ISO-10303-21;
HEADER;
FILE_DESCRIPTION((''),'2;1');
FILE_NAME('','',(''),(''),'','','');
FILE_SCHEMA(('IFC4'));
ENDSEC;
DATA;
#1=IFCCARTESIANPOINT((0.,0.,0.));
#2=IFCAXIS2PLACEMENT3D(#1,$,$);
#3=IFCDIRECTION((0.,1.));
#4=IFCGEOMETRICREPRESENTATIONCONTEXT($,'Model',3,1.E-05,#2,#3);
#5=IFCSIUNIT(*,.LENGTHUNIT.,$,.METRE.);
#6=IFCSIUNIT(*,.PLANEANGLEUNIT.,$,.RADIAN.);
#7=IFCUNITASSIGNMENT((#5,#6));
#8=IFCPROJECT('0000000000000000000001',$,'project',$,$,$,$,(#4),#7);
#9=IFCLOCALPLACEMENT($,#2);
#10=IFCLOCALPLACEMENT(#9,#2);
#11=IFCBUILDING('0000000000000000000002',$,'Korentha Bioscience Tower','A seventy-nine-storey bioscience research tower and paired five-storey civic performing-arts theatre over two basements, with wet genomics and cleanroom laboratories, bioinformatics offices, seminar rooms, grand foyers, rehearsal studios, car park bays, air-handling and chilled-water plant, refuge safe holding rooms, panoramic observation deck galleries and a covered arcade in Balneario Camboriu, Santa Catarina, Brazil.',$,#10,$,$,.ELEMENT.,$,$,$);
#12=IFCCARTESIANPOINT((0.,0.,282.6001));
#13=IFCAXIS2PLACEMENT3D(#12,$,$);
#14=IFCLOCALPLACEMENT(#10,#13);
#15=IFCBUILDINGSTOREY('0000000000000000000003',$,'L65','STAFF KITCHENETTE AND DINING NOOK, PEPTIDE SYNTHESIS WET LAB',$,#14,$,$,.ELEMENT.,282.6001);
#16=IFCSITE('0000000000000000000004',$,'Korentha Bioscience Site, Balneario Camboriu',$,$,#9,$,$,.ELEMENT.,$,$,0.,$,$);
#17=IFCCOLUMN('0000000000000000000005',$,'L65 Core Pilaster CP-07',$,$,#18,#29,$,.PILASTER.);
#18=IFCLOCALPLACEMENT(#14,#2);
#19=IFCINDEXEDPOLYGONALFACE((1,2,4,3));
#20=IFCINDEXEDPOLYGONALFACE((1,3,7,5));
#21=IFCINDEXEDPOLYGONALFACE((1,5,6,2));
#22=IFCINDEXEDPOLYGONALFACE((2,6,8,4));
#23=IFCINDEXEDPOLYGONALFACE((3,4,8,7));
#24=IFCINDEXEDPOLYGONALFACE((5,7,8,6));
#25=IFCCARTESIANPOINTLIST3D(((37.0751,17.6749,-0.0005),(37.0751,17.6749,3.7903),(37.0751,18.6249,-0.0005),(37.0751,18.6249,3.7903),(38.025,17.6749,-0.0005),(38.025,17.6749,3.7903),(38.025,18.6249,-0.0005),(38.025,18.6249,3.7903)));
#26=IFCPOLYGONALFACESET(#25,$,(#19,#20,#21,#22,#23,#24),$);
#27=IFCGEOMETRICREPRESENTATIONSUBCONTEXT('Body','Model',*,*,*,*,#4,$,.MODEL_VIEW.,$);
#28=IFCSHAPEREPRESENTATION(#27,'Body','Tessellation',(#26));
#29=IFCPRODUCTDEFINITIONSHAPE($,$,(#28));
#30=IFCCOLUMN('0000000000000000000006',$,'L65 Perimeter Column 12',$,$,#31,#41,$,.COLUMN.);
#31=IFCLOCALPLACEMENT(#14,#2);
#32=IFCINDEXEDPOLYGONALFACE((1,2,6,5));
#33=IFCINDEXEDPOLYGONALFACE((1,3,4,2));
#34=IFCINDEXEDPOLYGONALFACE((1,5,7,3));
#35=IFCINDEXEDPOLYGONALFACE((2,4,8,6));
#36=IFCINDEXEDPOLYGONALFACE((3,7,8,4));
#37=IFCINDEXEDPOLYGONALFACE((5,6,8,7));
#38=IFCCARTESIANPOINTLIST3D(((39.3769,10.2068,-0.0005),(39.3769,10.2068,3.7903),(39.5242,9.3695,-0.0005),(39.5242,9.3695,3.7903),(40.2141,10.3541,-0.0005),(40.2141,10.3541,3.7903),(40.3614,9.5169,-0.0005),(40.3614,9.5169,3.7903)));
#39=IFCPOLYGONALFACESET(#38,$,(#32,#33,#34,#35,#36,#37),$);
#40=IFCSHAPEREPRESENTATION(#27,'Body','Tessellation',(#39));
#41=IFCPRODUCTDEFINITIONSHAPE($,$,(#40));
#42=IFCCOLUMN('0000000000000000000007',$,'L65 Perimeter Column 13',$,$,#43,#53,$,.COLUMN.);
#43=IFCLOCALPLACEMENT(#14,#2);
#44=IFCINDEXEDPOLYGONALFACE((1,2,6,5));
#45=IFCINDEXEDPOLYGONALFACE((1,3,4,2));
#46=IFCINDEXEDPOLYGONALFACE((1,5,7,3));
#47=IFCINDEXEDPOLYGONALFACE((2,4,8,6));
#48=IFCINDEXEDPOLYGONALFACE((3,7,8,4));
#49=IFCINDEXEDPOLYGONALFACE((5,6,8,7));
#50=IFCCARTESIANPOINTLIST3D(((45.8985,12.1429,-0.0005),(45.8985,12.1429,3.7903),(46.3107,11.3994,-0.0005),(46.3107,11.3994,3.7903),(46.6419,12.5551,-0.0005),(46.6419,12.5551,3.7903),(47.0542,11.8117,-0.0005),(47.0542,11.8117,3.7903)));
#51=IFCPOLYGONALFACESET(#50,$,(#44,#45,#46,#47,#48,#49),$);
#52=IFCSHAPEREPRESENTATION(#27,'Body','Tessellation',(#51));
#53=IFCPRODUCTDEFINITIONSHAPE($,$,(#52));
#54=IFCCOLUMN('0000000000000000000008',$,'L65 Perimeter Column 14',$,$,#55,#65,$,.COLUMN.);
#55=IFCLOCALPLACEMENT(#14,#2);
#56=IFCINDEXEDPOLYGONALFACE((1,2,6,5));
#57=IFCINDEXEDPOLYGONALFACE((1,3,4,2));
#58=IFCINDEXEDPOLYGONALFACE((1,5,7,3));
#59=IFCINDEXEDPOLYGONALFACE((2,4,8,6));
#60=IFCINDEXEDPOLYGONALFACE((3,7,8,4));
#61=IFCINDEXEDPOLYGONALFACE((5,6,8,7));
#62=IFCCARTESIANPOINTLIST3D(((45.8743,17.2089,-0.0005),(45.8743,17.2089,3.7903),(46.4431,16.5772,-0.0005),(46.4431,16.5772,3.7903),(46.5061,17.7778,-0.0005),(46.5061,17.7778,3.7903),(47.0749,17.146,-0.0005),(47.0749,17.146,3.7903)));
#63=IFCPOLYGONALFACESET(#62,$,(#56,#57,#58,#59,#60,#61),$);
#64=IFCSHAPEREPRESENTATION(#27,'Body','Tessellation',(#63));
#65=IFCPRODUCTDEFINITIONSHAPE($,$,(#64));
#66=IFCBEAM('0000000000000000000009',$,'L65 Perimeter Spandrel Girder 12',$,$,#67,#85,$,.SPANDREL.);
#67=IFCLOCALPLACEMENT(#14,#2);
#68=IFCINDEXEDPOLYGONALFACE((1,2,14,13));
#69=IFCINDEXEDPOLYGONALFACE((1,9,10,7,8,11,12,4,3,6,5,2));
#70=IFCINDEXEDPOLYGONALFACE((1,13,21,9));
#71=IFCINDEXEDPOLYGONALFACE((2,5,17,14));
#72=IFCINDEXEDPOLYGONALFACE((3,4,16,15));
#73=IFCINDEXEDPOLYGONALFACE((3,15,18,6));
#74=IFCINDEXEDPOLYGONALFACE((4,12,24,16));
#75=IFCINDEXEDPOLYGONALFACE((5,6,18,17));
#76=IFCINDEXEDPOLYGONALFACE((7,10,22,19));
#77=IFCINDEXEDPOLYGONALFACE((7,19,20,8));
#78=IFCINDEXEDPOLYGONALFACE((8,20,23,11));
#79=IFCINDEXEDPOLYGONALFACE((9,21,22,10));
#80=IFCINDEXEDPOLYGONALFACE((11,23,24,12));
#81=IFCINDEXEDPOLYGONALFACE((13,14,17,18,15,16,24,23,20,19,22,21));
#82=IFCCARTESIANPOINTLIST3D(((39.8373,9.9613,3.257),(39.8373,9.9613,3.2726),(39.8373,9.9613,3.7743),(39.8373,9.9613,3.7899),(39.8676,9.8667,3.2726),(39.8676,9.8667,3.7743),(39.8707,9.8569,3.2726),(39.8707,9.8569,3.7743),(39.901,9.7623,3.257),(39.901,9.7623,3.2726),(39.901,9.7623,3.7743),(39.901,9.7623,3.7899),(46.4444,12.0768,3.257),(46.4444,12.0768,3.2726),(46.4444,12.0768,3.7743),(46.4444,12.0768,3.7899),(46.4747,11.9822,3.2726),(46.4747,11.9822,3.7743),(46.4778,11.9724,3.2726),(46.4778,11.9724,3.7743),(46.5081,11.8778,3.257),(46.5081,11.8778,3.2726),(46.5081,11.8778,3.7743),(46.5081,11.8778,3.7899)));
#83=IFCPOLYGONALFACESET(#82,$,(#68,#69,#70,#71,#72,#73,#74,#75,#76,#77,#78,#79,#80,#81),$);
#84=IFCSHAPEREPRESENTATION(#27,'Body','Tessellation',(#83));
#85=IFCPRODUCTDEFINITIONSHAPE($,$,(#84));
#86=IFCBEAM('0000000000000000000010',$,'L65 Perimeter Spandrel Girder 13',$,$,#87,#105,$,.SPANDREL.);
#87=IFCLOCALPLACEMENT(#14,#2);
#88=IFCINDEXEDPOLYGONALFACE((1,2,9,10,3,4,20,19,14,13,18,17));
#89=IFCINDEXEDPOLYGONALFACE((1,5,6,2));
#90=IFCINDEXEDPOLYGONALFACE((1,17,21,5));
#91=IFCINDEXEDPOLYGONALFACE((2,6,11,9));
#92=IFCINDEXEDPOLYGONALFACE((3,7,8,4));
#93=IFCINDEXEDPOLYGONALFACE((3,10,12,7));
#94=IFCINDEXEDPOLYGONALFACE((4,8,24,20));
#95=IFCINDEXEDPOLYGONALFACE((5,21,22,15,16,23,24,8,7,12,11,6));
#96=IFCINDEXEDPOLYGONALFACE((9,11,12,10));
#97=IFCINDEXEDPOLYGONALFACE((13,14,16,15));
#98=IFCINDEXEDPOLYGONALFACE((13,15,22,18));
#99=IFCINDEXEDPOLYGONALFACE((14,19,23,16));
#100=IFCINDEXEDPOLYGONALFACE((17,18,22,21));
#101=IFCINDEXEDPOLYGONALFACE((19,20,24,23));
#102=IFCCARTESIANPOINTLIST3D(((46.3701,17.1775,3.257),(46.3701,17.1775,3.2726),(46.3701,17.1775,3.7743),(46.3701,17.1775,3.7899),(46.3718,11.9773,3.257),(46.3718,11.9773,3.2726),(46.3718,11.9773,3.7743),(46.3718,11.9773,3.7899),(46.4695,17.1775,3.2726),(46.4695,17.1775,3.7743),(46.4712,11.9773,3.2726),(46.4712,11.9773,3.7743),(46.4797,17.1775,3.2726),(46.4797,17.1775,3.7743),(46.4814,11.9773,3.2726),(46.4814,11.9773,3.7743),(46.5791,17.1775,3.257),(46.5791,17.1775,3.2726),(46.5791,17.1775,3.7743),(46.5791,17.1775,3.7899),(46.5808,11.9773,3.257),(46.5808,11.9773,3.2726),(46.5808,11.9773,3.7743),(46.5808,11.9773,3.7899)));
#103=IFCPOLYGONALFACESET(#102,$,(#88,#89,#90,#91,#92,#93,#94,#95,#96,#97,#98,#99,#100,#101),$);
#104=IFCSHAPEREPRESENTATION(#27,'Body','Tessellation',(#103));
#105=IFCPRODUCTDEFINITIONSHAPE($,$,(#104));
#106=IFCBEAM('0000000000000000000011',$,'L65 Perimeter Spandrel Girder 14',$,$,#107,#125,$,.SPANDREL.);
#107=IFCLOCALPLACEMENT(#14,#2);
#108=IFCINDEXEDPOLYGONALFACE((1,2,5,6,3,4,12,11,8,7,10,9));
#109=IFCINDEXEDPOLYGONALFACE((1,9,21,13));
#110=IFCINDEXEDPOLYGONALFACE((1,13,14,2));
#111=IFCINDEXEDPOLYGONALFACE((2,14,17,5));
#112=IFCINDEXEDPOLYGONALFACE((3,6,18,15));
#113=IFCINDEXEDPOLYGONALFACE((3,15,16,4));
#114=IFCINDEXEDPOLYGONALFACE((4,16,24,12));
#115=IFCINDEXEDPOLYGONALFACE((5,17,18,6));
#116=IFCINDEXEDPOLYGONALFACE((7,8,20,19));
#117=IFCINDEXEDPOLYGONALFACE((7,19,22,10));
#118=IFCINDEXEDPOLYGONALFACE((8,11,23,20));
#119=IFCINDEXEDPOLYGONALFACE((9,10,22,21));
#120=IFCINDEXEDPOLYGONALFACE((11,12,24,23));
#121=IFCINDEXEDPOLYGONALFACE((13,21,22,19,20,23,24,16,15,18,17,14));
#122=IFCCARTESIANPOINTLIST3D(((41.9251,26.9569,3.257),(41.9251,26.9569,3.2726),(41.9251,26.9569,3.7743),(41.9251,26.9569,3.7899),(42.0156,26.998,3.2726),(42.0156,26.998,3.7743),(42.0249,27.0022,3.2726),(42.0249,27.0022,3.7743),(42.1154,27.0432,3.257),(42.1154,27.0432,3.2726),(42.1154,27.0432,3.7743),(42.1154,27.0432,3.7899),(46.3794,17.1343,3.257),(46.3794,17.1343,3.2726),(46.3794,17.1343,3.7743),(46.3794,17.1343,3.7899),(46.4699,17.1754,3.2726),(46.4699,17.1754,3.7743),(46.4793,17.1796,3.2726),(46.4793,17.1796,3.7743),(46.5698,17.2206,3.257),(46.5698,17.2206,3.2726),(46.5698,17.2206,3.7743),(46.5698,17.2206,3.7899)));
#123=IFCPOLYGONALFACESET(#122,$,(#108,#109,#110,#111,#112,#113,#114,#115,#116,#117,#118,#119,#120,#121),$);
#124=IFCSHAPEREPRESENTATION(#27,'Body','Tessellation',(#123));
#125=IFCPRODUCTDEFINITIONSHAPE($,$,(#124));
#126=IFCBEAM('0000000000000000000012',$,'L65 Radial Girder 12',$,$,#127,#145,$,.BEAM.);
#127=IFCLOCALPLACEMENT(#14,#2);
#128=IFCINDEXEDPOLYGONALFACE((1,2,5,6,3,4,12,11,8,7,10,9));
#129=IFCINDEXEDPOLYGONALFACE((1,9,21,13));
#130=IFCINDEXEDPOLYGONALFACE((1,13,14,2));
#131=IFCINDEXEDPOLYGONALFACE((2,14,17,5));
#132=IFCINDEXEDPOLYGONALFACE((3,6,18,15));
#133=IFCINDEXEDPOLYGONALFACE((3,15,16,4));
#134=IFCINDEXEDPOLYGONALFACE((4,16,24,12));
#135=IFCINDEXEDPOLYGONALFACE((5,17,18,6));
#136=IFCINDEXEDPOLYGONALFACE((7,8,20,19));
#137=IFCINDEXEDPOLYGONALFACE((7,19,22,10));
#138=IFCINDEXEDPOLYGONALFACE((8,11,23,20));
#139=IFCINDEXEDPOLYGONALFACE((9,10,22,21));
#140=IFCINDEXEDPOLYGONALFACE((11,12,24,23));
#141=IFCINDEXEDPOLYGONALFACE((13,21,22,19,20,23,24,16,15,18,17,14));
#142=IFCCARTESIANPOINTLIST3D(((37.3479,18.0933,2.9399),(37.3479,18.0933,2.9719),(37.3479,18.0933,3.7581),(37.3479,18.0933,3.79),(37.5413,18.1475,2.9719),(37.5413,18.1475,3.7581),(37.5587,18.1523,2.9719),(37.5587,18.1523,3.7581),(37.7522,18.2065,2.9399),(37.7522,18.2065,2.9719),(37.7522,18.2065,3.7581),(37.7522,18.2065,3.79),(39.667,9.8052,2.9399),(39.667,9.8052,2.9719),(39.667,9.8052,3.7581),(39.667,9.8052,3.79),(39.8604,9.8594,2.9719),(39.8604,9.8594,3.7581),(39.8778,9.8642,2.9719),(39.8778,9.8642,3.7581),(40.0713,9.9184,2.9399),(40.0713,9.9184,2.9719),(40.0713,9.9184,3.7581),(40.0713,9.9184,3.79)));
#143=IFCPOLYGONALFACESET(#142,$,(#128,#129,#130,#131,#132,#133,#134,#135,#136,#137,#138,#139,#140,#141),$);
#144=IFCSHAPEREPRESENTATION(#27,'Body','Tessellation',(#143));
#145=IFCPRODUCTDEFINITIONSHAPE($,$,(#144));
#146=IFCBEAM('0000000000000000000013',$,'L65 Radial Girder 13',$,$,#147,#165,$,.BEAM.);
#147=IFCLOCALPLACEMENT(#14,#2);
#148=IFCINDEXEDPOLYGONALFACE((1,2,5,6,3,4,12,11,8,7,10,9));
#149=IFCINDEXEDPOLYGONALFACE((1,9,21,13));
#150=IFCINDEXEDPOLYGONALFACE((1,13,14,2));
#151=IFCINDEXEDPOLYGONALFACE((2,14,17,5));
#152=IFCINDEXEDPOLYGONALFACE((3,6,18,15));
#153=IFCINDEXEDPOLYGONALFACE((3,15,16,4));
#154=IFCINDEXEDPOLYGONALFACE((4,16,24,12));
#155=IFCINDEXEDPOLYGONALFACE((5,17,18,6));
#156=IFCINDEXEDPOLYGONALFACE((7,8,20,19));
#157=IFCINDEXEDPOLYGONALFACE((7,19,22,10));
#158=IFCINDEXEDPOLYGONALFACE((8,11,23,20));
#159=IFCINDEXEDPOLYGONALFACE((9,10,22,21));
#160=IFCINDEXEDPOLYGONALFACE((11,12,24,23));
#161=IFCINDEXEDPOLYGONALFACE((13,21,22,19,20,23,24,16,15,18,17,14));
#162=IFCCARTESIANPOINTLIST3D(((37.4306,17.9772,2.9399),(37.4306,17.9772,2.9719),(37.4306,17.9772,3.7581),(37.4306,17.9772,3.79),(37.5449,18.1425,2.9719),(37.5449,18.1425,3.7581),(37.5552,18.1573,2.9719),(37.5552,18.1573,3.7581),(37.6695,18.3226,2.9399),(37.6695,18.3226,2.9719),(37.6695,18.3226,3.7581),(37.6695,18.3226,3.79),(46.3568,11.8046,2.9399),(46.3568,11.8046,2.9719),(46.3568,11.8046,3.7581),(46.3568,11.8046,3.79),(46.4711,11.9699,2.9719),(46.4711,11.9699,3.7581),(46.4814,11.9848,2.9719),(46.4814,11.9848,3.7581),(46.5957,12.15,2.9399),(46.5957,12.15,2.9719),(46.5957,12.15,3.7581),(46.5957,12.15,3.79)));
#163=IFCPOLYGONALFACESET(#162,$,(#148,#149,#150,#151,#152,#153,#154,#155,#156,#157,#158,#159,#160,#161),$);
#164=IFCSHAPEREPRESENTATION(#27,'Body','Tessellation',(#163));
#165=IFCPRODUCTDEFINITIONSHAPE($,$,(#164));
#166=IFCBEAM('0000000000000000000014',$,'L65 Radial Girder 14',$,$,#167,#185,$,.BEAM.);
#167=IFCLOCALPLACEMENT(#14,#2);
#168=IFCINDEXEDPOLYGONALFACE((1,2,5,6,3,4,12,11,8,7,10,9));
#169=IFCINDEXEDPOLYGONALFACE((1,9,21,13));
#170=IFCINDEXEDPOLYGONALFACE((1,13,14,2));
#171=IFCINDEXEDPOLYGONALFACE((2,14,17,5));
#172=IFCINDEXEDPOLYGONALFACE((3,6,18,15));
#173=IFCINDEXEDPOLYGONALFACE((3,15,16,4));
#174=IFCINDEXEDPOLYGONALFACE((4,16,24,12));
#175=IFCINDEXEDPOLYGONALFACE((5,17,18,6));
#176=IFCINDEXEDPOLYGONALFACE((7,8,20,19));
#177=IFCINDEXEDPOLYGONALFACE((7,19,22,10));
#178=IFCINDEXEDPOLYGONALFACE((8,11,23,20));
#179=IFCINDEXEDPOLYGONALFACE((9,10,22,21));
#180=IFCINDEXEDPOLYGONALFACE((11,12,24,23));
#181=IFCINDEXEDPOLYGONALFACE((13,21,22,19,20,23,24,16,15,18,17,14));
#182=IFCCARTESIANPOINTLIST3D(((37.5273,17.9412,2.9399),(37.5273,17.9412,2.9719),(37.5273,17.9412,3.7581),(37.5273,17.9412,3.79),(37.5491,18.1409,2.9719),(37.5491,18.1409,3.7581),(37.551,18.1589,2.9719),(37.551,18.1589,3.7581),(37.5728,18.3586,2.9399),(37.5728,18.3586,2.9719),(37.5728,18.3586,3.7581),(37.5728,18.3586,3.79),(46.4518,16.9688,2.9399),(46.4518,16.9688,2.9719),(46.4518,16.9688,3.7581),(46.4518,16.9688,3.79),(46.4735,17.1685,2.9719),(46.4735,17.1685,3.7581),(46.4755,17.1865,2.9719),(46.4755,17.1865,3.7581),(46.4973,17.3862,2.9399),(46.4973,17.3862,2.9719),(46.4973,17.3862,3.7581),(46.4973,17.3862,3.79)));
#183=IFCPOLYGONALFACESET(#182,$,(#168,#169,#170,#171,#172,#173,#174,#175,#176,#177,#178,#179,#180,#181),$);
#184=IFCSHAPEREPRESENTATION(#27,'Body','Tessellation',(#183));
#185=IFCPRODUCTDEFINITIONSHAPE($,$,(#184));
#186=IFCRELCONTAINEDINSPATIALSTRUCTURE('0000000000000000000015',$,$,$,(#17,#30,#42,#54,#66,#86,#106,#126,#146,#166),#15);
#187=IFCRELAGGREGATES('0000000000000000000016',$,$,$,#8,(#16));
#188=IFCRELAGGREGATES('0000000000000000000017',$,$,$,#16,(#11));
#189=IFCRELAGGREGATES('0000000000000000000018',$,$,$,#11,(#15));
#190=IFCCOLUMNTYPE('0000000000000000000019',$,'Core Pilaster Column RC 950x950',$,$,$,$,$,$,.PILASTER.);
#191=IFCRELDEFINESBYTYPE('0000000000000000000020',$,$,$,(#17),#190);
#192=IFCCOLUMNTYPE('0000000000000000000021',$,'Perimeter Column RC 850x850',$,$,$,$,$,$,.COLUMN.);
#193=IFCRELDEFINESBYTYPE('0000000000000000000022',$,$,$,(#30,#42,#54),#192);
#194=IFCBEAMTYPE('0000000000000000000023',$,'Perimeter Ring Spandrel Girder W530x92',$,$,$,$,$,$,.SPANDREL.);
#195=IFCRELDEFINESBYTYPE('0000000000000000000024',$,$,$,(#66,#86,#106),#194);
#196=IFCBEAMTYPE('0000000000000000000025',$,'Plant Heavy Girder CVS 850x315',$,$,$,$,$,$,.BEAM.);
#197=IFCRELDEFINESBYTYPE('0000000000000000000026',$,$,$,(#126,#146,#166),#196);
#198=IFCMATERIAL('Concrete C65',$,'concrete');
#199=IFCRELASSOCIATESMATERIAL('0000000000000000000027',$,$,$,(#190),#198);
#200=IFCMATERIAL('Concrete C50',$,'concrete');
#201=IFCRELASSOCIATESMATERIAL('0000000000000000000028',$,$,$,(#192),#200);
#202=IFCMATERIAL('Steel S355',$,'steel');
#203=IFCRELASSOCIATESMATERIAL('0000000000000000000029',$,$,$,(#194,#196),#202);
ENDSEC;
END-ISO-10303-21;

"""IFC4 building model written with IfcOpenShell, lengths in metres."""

from ifc_helpers import new_model, si_unit, direction, frame, origin, origin_2d, place, context, subcontext, project, spatial, rectangle, i_section, extrude, material, material_profile, profile_set, type_object, element, save


model = new_model("IFC4")

# Units and contexts
model_context = context("Model", 3, precision=1e-05, world=origin(), true_north=direction((0.0, 1.0)))
body_context = subcontext(model_context, "Body", "Model", "MODEL_VIEW")
ifc_project = project(units=[si_unit("LENGTHUNIT", "METRE"), si_unit("PLANEANGLEUNIT", "RADIAN")], contexts=[model_context])

# Site, building, storey
site_placement = place(None, origin())
site = spatial("IfcSite", under=ifc_project, at=site_placement, Name="Korentha Bioscience Site, Balneario Camboriu", CompositionType="ELEMENT", RefElevation=0.0)
building_placement = place(site_placement, origin())
building = spatial("IfcBuilding", under=site, at=building_placement, Name="Korentha Bioscience Tower", Description="A seventy-nine-storey bioscience research tower and paired five-storey civic performing-arts theatre over two basements, with wet genomics and cleanroom laboratories, bioinformatics offices, seminar rooms, grand foyers, rehearsal studios, car park bays, air-handling and chilled-water plant, refuge safe holding rooms, panoramic observation deck galleries and a covered arcade in Balneario Camboriu, Santa Catarina, Brazil.", CompositionType="ELEMENT")
storey_placement = place(building_placement, frame((0.0, 0.0, 282.6001)))
storey = spatial("IfcBuildingStorey", under=building, at=storey_placement, Name="L65", Description="STAFF KITCHENETTE AND DINING NOOK, PEPTIDE SYNTHESIS WET LAB", CompositionType="ELEMENT", Elevation=282.6001)

# Columns
ifc_material_1 = material(Name="Concrete C65", Category="concrete")
ifc_material_profile_1 = material_profile(ifc_material_1, rectangle(XDim=0.95, YDim=0.95, at=origin_2d()), Name="Concrete C65")
ifc_profile_set_1 = profile_set([ifc_material_profile_1], Name="Concrete C65 (COL-CP09)")
column_type_1 = type_object("IfcColumnType", Name="Core Pilaster Column RC 950x950", PredefinedType="PILASTER", material=ifc_profile_set_1)
column_placement = place(storey_placement, frame((37.55, 18.1499, -0.0005), z_axis=(0.0, 0.0, 1.0), x_axis=(1.0, 0.0, 0.0)))
element("IfcColumn", 1, at=column_placement, inside=storey, type_object=column_type_1, Name="L65 Core Pilaster CP-07", PredefinedType="PILASTER", context=body_context, shape_type="SweptSolid", body=[
    extrude(rectangle(XDim=0.95, YDim=0.95, at=origin_2d()), origin(), (0.0, 0.0, 1.0), 3.7908),
])
ifc_material_2 = material(Name="Concrete C50", Category="concrete")
ifc_material_profile_2 = material_profile(ifc_material_2, rectangle(XDim=0.8501, YDim=0.8501, at=origin_2d()), Name="Concrete C50")
ifc_profile_set_2 = profile_set([ifc_material_profile_2], Name="Concrete C50 (COL-P08)")
column_type_2 = type_object("IfcColumnType", Name="Perimeter Column RC 850x850", PredefinedType="COLUMN", material=ifc_profile_set_2)
for number, where, z_axis, x_axis, name in (
    (2, (39.8691, 9.8618, -0.0005), (0.0, 0.0, 1.0), (0.984868, 0.173304, 0.0), "L65 Perimeter Column 12"),
    (3, (46.4763, 11.9773, -0.0005), (0.0, 0.0, 1.0), (0.874535, 0.484962, 0.0), "L65 Perimeter Column 13"),
    (4, (46.4746, 17.1775, -0.0005), (0.0, 0.0, 1.0), (-0.669131, 0.743145, 0.0), "L65 Perimeter Column 14"),
):
    element("IfcColumn", number, at=place(storey_placement, frame(where, z_axis=z_axis, x_axis=x_axis)), inside=storey, type_object=column_type_2, Name=name, PredefinedType="COLUMN", context=body_context, shape_type="SweptSolid", body=[
        extrude(rectangle(XDim=0.8501, YDim=0.8501, at=origin_2d()), origin(), (0.0, 0.0, 1.0), 3.7908),
    ])

# Beams
ifc_material_3 = material(Name="Steel S355", Category="steel")
ifc_material_profile_3 = material_profile(ifc_material_3, i_section(OverallWidth=0.209, OverallDepth=0.533, WebThickness=0.0103, FlangeThickness=0.0156, at=origin_2d()), Name="Steel S355")
ifc_profile_set_3 = profile_set([ifc_material_profile_3], Name="Steel S355 (SB-530)")
beam_type_1 = type_object("IfcBeamType", Name="Perimeter Ring Spandrel Girder W530x92", PredefinedType="SPANDREL", material=ifc_profile_set_3)
beam_1_placement = place(storey_placement, frame((39.8691, 9.8618, 3.5234), z_axis=(0.952375, 0.30493, 0.0), x_axis=(-0.30493, 0.952375, 0.0)))
element("IfcBeam", 5, at=beam_1_placement, inside=storey, type_object=beam_type_1, Name="L65 Perimeter Spandrel Girder 12", PredefinedType="SPANDREL", context=body_context, shape_type="SweptSolid", body=[
    extrude(i_section(OverallWidth=0.209, OverallDepth=0.533, WebThickness=0.0103, FlangeThickness=0.0156, at=origin_2d()), origin(), (0.0, 0.0, 1.0), 6.9375),
])
beam_2_placement = place(storey_placement, frame((46.4763, 11.9773, 3.5234), z_axis=(-0.000329, 1.0, 0.0), x_axis=(-1.0, -0.000329, 0.0)))
element("IfcBeam", 6, at=beam_2_placement, inside=storey, type_object=beam_type_1, Name="L65 Perimeter Spandrel Girder 13", PredefinedType="SPANDREL", context=body_context, shape_type="SweptSolid", body=[
    extrude(i_section(OverallWidth=0.209, OverallDepth=0.533, WebThickness=0.0103, FlangeThickness=0.0156, at=origin_2d()), origin(), (0.0, 0.0, 1.0), 5.2002),
])
beam_3_placement = place(storey_placement, frame((46.4746, 17.1775, 3.5234), z_axis=(-0.413001, 0.91073, 0.0), x_axis=(-0.91073, -0.413001, 0.0)))
element("IfcBeam", 7, at=beam_3_placement, inside=storey, type_object=beam_type_1, Name="L65 Perimeter Spandrel Girder 14", PredefinedType="SPANDREL", context=body_context, shape_type="SweptSolid", body=[
    extrude(i_section(OverallWidth=0.209, OverallDepth=0.533, WebThickness=0.0103, FlangeThickness=0.0156, at=origin_2d()), origin(), (0.0, 0.0, 1.0), 10.7854),
])
ifc_material_profile_4 = material_profile(ifc_material_3, i_section(OverallWidth=0.4199, OverallDepth=0.8501, WebThickness=0.0181, FlangeThickness=0.032, at=origin_2d()), Name="Steel S355")
ifc_profile_set_4 = profile_set([ifc_material_profile_4], Name="Steel S355 (MB-850)")
beam_type_2 = type_object("IfcBeamType", Name="Plant Heavy Girder CVS 850x315", PredefinedType="BEAM", material=ifc_profile_set_4)
beam_4_placement = place(storey_placement, frame((37.55, 18.1499, 3.365), z_axis=(0.269461, -0.963011, 0.0), x_axis=(0.963011, 0.269461, 0.0)))
element("IfcBeam", 8, at=beam_4_placement, inside=storey, type_object=beam_type_2, Name="L65 Radial Girder 12", PredefinedType="BEAM", context=body_context, shape_type="SweptSolid", body=[
    extrude(i_section(OverallWidth=0.4199, OverallDepth=0.8501, WebThickness=0.0181, FlangeThickness=0.032, at=origin_2d()), origin(), (0.0, 0.0, 1.0), 8.6064),
])
beam_5_placement = place(storey_placement, frame((37.55, 18.1499, 3.365), z_axis=(0.822499, -0.568767, 0.0), x_axis=(0.568767, 0.822499, 0.0)))
element("IfcBeam", 9, at=beam_5_placement, inside=storey, type_object=beam_type_2, Name="L65 Radial Girder 13", PredefinedType="BEAM", context=body_context, shape_type="SweptSolid", body=[
    extrude(i_section(OverallWidth=0.4199, OverallDepth=0.8501, WebThickness=0.0181, FlangeThickness=0.032, at=origin_2d()), origin(), (0.0, 0.0, 1.0), 10.8525),
])
beam_6_placement = place(storey_placement, frame((37.55, 18.1499, 3.365), z_axis=(0.994116, -0.108318, 0.0), x_axis=(0.108318, 0.994116, 0.0)))
element("IfcBeam", 10, at=beam_6_placement, inside=storey, type_object=beam_type_2, Name="L65 Radial Girder 14", PredefinedType="BEAM", context=body_context, shape_type="SweptSolid", body=[
    extrude(i_section(OverallWidth=0.4199, OverallDepth=0.8501, WebThickness=0.0181, FlangeThickness=0.032, at=origin_2d()), origin(), (0.0, 0.0, 1.0), 8.9773),
])

save(model, "model.ifc")
